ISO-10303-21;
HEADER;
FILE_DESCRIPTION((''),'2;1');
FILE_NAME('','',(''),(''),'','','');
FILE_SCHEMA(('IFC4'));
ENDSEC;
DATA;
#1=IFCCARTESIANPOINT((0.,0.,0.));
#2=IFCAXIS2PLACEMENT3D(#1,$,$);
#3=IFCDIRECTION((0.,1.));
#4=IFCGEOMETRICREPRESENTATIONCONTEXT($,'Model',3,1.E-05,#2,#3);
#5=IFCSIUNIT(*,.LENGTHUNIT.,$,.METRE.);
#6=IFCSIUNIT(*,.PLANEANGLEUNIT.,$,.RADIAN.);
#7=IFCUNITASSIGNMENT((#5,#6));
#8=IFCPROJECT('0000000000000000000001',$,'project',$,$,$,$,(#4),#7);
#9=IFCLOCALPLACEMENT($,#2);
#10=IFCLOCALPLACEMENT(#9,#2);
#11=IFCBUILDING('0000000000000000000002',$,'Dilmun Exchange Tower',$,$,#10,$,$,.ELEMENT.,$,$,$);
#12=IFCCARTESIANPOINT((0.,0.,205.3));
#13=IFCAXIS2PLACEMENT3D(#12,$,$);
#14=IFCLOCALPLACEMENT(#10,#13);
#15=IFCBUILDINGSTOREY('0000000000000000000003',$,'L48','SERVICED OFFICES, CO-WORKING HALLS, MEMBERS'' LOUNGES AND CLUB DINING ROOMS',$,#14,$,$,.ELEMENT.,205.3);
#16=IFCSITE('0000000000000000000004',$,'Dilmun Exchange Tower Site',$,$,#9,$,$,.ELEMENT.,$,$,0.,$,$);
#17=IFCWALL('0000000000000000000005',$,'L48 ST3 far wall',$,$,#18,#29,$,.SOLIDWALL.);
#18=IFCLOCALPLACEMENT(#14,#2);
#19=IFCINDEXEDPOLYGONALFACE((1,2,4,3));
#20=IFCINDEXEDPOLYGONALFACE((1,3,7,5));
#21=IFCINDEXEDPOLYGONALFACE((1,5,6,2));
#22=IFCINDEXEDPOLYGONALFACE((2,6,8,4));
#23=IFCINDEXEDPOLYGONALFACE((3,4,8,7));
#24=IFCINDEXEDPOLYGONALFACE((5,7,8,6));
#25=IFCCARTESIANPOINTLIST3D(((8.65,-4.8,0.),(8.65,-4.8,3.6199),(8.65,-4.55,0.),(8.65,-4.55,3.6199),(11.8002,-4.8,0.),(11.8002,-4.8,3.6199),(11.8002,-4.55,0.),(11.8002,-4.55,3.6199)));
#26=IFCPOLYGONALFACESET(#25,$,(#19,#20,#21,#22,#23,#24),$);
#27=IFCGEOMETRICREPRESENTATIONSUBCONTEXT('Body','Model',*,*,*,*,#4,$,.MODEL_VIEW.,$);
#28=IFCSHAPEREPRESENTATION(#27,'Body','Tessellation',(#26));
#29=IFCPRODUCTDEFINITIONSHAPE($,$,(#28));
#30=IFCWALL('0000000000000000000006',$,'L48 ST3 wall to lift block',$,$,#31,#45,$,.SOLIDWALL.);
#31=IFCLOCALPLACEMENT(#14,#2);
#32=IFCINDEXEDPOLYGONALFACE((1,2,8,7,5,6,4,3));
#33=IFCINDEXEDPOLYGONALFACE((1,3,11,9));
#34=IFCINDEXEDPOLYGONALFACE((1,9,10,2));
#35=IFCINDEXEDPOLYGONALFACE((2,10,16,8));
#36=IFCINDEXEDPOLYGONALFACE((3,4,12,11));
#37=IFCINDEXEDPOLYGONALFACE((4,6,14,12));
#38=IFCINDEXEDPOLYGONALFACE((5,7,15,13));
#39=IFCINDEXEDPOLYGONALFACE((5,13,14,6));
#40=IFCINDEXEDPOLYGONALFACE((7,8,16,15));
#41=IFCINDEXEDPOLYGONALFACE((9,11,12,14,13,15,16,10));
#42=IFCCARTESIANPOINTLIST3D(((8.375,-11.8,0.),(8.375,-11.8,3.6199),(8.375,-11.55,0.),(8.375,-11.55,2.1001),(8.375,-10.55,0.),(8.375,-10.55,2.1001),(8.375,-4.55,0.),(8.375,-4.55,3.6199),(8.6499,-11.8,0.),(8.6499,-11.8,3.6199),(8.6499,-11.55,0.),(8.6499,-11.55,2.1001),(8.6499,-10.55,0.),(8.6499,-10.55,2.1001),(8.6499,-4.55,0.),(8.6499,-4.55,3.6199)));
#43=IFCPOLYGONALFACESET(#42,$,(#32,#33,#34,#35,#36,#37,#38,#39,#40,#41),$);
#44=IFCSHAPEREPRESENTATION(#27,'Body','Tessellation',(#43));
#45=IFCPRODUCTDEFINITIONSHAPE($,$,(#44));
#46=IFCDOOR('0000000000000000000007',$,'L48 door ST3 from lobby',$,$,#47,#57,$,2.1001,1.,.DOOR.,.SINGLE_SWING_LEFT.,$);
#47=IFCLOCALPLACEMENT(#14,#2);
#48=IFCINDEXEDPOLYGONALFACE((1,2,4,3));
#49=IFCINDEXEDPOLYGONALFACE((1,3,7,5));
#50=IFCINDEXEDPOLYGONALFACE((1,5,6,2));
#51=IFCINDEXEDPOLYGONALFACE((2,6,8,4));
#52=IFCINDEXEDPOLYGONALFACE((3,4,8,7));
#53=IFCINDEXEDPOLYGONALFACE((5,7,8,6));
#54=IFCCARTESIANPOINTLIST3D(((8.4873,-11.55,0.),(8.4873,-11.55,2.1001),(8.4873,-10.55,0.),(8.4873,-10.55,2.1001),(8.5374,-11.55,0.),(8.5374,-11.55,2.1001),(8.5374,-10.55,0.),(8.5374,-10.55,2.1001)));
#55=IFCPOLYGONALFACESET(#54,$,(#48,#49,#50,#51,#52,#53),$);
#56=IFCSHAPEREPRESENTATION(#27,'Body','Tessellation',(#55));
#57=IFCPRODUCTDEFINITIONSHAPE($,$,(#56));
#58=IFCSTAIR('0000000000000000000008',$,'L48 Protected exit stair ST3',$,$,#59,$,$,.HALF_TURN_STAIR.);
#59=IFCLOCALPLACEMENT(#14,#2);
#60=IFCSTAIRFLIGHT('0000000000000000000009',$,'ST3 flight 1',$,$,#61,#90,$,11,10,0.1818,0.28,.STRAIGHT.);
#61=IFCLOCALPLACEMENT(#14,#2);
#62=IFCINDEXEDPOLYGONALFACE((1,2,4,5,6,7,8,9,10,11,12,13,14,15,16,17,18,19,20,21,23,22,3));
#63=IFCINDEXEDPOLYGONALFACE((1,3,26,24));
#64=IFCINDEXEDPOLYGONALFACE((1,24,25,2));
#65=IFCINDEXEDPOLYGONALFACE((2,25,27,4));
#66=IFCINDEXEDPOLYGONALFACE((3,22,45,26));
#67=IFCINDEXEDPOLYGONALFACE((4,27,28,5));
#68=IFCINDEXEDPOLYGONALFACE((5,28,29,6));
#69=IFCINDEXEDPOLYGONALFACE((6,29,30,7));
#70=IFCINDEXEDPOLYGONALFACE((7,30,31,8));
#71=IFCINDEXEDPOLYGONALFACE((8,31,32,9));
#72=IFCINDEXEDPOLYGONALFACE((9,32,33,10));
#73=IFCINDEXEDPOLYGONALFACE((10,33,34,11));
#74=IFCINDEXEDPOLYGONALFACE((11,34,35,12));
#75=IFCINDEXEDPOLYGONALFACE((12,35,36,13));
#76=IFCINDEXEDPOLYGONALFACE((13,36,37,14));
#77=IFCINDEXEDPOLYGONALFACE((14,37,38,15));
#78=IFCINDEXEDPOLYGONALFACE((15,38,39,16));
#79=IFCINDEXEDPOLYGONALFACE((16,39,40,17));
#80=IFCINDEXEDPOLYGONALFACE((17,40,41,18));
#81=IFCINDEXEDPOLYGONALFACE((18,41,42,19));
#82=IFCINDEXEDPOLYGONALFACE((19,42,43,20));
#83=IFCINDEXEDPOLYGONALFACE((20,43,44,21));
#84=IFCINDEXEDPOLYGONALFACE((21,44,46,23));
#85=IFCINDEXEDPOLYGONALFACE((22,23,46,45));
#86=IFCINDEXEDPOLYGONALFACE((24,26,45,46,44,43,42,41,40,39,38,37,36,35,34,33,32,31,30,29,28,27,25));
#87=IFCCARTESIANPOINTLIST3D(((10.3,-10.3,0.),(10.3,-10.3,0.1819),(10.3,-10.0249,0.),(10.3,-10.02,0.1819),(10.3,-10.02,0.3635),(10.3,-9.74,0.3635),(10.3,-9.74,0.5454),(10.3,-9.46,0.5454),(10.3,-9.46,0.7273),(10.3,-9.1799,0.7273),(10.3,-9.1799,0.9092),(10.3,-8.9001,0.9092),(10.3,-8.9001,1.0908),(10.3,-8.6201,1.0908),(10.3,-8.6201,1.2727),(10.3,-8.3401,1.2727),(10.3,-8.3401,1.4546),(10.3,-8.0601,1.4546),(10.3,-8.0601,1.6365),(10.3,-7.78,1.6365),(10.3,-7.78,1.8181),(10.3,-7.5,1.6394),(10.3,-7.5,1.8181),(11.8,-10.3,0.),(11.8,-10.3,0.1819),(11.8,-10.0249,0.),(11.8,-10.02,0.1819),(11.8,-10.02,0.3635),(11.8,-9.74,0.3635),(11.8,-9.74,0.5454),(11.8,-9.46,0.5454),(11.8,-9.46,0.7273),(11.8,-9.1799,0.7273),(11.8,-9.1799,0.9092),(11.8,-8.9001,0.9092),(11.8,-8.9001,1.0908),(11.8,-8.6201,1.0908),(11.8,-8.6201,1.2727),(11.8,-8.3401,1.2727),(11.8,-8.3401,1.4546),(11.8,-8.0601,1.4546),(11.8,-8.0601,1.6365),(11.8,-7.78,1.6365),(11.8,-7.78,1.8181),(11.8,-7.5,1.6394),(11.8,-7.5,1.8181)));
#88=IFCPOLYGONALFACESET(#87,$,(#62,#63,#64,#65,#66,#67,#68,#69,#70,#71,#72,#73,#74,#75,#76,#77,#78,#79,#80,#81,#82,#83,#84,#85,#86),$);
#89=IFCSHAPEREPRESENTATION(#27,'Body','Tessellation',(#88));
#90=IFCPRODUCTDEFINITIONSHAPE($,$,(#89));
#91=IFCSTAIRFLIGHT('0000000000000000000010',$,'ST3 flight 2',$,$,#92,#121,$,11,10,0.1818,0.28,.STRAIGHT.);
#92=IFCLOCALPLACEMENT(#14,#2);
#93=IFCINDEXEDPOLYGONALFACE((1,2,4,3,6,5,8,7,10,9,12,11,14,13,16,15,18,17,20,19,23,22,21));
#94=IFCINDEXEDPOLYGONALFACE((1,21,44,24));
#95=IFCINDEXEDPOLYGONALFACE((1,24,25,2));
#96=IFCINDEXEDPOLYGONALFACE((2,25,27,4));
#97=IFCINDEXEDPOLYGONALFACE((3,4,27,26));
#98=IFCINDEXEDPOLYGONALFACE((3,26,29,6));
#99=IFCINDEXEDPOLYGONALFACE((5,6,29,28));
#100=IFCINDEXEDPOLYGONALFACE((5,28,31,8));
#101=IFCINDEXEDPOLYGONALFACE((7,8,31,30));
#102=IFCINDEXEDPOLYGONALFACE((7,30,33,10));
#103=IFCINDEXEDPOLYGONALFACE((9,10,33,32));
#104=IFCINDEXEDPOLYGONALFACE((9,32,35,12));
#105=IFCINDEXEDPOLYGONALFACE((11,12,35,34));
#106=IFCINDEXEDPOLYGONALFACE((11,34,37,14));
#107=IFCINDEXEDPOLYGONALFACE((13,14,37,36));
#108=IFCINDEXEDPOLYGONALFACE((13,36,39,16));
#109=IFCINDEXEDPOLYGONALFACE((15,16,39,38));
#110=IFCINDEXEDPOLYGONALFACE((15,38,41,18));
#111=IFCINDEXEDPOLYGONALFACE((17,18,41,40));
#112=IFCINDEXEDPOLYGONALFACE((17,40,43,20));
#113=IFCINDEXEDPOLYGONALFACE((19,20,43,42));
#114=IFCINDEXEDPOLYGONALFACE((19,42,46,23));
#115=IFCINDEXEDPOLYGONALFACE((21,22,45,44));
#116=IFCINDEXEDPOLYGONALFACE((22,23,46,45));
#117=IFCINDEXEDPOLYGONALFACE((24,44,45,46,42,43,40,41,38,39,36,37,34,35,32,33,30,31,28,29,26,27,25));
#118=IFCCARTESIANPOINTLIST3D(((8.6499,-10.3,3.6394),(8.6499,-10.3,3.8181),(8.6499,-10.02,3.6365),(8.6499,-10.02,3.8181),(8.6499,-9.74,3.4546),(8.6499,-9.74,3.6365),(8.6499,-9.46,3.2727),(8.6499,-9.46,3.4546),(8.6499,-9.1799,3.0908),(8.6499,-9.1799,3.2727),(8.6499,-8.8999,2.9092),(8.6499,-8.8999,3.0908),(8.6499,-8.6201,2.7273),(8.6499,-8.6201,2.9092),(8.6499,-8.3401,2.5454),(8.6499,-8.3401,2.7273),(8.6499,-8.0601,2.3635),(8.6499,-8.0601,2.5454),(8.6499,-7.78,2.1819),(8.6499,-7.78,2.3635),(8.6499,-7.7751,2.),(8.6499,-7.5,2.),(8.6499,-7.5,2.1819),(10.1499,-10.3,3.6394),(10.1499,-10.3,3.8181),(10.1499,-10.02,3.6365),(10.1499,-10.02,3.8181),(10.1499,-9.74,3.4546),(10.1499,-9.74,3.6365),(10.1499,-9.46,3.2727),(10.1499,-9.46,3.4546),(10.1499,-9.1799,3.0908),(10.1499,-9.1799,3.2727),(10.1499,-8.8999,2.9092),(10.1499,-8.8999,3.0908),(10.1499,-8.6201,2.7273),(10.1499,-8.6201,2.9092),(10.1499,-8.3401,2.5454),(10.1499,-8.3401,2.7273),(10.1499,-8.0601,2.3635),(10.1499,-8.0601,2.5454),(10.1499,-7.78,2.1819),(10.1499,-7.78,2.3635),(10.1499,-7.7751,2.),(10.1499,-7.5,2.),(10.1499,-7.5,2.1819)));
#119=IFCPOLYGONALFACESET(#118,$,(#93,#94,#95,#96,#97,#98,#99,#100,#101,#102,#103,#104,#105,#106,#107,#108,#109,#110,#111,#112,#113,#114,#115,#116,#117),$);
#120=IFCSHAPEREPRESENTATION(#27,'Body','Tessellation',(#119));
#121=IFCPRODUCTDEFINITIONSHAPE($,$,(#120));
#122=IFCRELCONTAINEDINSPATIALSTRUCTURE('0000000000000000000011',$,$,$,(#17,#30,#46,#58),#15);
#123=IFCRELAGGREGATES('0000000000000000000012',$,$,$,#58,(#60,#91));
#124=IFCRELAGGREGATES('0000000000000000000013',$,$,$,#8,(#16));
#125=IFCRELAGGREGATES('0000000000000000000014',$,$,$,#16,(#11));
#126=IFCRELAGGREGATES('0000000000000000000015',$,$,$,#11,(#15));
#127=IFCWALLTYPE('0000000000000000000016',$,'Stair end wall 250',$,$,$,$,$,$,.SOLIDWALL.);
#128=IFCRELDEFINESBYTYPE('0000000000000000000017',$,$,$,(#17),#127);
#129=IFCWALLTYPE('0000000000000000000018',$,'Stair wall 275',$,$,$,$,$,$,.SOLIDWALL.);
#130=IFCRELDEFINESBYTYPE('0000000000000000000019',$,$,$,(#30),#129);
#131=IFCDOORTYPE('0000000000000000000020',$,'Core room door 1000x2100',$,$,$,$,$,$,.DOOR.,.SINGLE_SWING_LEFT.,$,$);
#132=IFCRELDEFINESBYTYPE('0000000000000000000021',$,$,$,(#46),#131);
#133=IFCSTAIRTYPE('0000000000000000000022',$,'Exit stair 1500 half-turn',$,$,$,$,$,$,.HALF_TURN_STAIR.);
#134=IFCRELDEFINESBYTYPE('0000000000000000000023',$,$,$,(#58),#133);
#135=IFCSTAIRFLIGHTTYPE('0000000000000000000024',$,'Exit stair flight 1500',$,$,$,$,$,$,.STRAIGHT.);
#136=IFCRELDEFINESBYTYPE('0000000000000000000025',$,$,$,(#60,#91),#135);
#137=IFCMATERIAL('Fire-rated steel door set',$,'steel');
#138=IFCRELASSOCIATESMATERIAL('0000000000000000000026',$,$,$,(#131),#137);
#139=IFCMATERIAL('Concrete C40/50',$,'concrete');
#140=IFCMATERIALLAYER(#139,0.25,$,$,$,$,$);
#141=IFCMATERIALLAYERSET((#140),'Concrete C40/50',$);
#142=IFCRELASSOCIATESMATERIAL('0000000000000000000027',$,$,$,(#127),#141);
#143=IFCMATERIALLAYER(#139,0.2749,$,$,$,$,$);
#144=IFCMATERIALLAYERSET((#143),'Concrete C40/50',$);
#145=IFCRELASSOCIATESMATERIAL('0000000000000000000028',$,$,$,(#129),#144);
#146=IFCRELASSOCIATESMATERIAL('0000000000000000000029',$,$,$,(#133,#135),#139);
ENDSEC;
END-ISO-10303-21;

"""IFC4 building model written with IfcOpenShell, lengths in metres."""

from ifc_helpers import new_model, si_unit, direction, frame, frame_2d, origin, place, context, subcontext, project, spatial, polyline, rectangle, outline, extrude, material, layer, layer_set, type_object, element, fill, aggregate, save


model = new_model("IFC4")

# Units and contexts
model_context = context("Model", 3, precision=1e-05, world=origin(), true_north=direction((0.0, 1.0)))
body_context = subcontext(model_context, "Body", "Model", "MODEL_VIEW")
ifc_project = project(units=[si_unit("LENGTHUNIT", "METRE"), si_unit("PLANEANGLEUNIT", "RADIAN")], contexts=[model_context])

# Site, building, storey
site_placement = place(None, origin())
site = spatial("IfcSite", under=ifc_project, at=site_placement, Name="Dilmun Exchange Tower Site", CompositionType="ELEMENT", RefElevation=0.0)
building_placement = place(site_placement, origin())
building = spatial("IfcBuilding", under=site, at=building_placement, Name="Dilmun Exchange Tower", CompositionType="ELEMENT")
storey_placement = place(building_placement, frame((0.0, 0.0, 205.3)))
storey = spatial("IfcBuildingStorey", under=building, at=storey_placement, Name="L48", Description="SERVICED OFFICES, CO-WORKING HALLS, MEMBERS' LOUNGES AND CLUB DINING ROOMS", CompositionType="ELEMENT", Elevation=205.3)

# Shared definitions
ifc_material_1 = material(Name="Concrete C40/50", Category="concrete")

# Shared definitions
ifc_material_2 = material(Name="Fire-rated steel door set", Category="steel")
door_type_1 = type_object("IfcDoorType", Name="Core room door 1000x2100", OperationType="SINGLE_SWING_LEFT", PredefinedType="DOOR", material=ifc_material_2)

# Wall
ifc_layer_1 = layer(ifc_material_1, 0.25)
ifc_layer_set_1 = layer_set([ifc_layer_1], Name="Concrete C40/50")
wall_type_1 = type_object("IfcWallType", Name="Stair end wall 250", PredefinedType="SOLIDWALL", material=ifc_layer_set_1)
wall_1_placement = place(storey_placement, frame((8.6499, -4.675, 0.0), z_axis=(0.0, 0.0, 1.0), x_axis=(1.0, 0.0, 0.0)))
element("IfcWall", 1, at=wall_1_placement, inside=storey, type_object=wall_type_1, Name="L48 ST3 far wall", PredefinedType="SOLIDWALL", context=body_context, shape_type="SweptSolid", body=[
    extrude(rectangle(XDim=3.1501, YDim=0.25, at=frame_2d((1.5752, 0.0))), origin(), (0.0, 0.0, 1.0), 3.6199),
])

# Wall, opening, door
ifc_layer_2 = layer(ifc_material_1, 0.2749)
ifc_layer_set_2 = layer_set([ifc_layer_2], Name="Concrete C40/50")
wall_type_2 = type_object("IfcWallType", Name="Stair wall 275", PredefinedType="SOLIDWALL", material=ifc_layer_set_2)
wall_2_placement = place(storey_placement, frame((8.5125, -4.55, 0.0), z_axis=(0.0, 0.0, 1.0), x_axis=(0.0, -1.0, 0.0)))
wall_2 = element("IfcWall", 2, at=wall_2_placement, inside=storey, type_object=wall_type_2, Name="L48 ST3 wall to lift block", PredefinedType="SOLIDWALL", context=body_context, shape_type="SweptSolid", body=[
    extrude(rectangle(XDim=7.25, YDim=0.2749, at=frame_2d((3.625, 0.0))), origin(), (0.0, 0.0, 1.0), 3.6199),
])
opening_1_placement = place(wall_2_placement, frame((6.0, 0.0, 0.0)))
opening_1 = element("IfcOpeningElement", 3, at=opening_1_placement, cuts=wall_2, PredefinedType="OPENING", context=body_context, shape_type="SweptSolid", body=[
    extrude(rectangle(XDim=1.0, YDim=2.1001, at=frame_2d((0.5, 1.05))), frame((0.0, 0.1475, 0.0), z_axis=(0.0, -1.0, 0.0), x_axis=(1.0, 0.0, 0.0)), (0.0, 0.0, 1.0), 0.2949),
])
door_1_placement = place(opening_1_placement, origin())
door_1 = element("IfcDoor", 4, at=door_1_placement, inside=storey, type_object=door_type_1, Name="L48 door ST3 from lobby", OperationType="SINGLE_SWING_LEFT", OverallHeight=2.1001, OverallWidth=1.0, PredefinedType="DOOR", context=body_context, shape_type="SweptSolid", body=[
    extrude(rectangle(XDim=1.0, YDim=2.1001, at=frame_2d((0.5, 1.05))), frame((0.0, 0.0249, 0.0), z_axis=(0.0, -1.0, 0.0), x_axis=(1.0, 0.0, 0.0)), (0.0, 0.0, 1.0), 0.05),
])
fill(opening_1, door_1)

# Stair, stair flights
stair_type = type_object("IfcStairType", Name="Exit stair 1500 half-turn", PredefinedType="HALF_TURN_STAIR", material=ifc_material_1)
stair_placement = place(storey_placement, origin())
stair = element("IfcStair", 5, at=stair_placement, inside=storey, type_object=stair_type, Name="L48 Protected exit stair ST3", PredefinedType="HALF_TURN_STAIR")
stair_flight_type = type_object("IfcStairFlightType", Name="Exit stair flight 1500", PredefinedType="STRAIGHT", material=ifc_material_1)
stair_flight_1_placement = place(storey_placement, frame((11.05, -10.3, 0.0), z_axis=(0.0, 0.0, 1.0), x_axis=(0.0, 1.0, 0.0)))
stair_flight_1 = element("IfcStairFlight", 6, at=stair_flight_1_placement, type_object=stair_flight_type, Name="ST3 flight 1", NumberOfRisers=11, NumberOfTreads=10, PredefinedType="STRAIGHT", RiserHeight=0.1818, TreadLength=0.28, context=body_context, shape_type="SweptSolid", body=[
    extrude(outline(polyline([(0.0, 0.0), (0.0, 0.1819), (0.28, 0.1819), (0.28, 0.3635), (0.5601, 0.3635), (0.5601, 0.5454), (0.8401, 0.5454), (0.8401, 0.7273), (1.1201, 0.7273), (1.1201, 0.9092), (1.3999, 0.9092), (1.3999, 1.0908), (1.6799, 1.0908), (1.6799, 1.2727), (1.96, 1.2727), (1.96, 1.4546), (2.24, 1.4546), (2.24, 1.6365), (2.52, 1.6365), (2.52, 1.8181), (2.8, 1.8181), (2.8, 2.0), (2.8, 1.6394), (0.2751, 0.0), (0.0, 0.0)])), frame((0.0, 0.75, 0.0), z_axis=(0.0, -1.0, 0.0), x_axis=(1.0, 0.0, 0.0)), (0.0, 0.0, 1.0), 1.5),
])
stair_flight_2_placement = place(storey_placement, frame((9.3999, -7.5, 2.0), z_axis=(0.0, 0.0, 1.0), x_axis=(0.0, -1.0, 0.0)))
stair_flight_2 = element("IfcStairFlight", 7, at=stair_flight_2_placement, type_object=stair_flight_type, Name="ST3 flight 2", NumberOfRisers=11, NumberOfTreads=10, PredefinedType="STRAIGHT", RiserHeight=0.1818, TreadLength=0.28, context=body_context, shape_type="SweptSolid", body=[
    extrude(outline(polyline([(0.0, 0.0), (0.0, 0.1819), (0.28, 0.1819), (0.28, 0.3635), (0.5601, 0.3635), (0.5601, 0.5454), (0.8401, 0.5454), (0.8401, 0.7273), (1.1201, 0.7273), (1.1201, 0.9092), (1.3999, 0.9092), (1.3999, 1.0908), (1.6799, 1.0908), (1.6799, 1.2727), (1.96, 1.2727), (1.96, 1.4546), (2.24, 1.4546), (2.24, 1.6365), (2.52, 1.6365), (2.52, 1.8181), (2.8, 1.8181), (2.8, 2.0), (2.8, 1.6394), (0.2751, 0.0), (0.0, 0.0)])), frame((0.0, 0.75, 0.0), z_axis=(0.0, -1.0, 0.0), x_axis=(1.0, 0.0, 0.0)), (0.0, 0.0, 1.0), 1.5),
])
aggregate(stair, [stair_flight_1, stair_flight_2])

save(model, "model.ifc")
